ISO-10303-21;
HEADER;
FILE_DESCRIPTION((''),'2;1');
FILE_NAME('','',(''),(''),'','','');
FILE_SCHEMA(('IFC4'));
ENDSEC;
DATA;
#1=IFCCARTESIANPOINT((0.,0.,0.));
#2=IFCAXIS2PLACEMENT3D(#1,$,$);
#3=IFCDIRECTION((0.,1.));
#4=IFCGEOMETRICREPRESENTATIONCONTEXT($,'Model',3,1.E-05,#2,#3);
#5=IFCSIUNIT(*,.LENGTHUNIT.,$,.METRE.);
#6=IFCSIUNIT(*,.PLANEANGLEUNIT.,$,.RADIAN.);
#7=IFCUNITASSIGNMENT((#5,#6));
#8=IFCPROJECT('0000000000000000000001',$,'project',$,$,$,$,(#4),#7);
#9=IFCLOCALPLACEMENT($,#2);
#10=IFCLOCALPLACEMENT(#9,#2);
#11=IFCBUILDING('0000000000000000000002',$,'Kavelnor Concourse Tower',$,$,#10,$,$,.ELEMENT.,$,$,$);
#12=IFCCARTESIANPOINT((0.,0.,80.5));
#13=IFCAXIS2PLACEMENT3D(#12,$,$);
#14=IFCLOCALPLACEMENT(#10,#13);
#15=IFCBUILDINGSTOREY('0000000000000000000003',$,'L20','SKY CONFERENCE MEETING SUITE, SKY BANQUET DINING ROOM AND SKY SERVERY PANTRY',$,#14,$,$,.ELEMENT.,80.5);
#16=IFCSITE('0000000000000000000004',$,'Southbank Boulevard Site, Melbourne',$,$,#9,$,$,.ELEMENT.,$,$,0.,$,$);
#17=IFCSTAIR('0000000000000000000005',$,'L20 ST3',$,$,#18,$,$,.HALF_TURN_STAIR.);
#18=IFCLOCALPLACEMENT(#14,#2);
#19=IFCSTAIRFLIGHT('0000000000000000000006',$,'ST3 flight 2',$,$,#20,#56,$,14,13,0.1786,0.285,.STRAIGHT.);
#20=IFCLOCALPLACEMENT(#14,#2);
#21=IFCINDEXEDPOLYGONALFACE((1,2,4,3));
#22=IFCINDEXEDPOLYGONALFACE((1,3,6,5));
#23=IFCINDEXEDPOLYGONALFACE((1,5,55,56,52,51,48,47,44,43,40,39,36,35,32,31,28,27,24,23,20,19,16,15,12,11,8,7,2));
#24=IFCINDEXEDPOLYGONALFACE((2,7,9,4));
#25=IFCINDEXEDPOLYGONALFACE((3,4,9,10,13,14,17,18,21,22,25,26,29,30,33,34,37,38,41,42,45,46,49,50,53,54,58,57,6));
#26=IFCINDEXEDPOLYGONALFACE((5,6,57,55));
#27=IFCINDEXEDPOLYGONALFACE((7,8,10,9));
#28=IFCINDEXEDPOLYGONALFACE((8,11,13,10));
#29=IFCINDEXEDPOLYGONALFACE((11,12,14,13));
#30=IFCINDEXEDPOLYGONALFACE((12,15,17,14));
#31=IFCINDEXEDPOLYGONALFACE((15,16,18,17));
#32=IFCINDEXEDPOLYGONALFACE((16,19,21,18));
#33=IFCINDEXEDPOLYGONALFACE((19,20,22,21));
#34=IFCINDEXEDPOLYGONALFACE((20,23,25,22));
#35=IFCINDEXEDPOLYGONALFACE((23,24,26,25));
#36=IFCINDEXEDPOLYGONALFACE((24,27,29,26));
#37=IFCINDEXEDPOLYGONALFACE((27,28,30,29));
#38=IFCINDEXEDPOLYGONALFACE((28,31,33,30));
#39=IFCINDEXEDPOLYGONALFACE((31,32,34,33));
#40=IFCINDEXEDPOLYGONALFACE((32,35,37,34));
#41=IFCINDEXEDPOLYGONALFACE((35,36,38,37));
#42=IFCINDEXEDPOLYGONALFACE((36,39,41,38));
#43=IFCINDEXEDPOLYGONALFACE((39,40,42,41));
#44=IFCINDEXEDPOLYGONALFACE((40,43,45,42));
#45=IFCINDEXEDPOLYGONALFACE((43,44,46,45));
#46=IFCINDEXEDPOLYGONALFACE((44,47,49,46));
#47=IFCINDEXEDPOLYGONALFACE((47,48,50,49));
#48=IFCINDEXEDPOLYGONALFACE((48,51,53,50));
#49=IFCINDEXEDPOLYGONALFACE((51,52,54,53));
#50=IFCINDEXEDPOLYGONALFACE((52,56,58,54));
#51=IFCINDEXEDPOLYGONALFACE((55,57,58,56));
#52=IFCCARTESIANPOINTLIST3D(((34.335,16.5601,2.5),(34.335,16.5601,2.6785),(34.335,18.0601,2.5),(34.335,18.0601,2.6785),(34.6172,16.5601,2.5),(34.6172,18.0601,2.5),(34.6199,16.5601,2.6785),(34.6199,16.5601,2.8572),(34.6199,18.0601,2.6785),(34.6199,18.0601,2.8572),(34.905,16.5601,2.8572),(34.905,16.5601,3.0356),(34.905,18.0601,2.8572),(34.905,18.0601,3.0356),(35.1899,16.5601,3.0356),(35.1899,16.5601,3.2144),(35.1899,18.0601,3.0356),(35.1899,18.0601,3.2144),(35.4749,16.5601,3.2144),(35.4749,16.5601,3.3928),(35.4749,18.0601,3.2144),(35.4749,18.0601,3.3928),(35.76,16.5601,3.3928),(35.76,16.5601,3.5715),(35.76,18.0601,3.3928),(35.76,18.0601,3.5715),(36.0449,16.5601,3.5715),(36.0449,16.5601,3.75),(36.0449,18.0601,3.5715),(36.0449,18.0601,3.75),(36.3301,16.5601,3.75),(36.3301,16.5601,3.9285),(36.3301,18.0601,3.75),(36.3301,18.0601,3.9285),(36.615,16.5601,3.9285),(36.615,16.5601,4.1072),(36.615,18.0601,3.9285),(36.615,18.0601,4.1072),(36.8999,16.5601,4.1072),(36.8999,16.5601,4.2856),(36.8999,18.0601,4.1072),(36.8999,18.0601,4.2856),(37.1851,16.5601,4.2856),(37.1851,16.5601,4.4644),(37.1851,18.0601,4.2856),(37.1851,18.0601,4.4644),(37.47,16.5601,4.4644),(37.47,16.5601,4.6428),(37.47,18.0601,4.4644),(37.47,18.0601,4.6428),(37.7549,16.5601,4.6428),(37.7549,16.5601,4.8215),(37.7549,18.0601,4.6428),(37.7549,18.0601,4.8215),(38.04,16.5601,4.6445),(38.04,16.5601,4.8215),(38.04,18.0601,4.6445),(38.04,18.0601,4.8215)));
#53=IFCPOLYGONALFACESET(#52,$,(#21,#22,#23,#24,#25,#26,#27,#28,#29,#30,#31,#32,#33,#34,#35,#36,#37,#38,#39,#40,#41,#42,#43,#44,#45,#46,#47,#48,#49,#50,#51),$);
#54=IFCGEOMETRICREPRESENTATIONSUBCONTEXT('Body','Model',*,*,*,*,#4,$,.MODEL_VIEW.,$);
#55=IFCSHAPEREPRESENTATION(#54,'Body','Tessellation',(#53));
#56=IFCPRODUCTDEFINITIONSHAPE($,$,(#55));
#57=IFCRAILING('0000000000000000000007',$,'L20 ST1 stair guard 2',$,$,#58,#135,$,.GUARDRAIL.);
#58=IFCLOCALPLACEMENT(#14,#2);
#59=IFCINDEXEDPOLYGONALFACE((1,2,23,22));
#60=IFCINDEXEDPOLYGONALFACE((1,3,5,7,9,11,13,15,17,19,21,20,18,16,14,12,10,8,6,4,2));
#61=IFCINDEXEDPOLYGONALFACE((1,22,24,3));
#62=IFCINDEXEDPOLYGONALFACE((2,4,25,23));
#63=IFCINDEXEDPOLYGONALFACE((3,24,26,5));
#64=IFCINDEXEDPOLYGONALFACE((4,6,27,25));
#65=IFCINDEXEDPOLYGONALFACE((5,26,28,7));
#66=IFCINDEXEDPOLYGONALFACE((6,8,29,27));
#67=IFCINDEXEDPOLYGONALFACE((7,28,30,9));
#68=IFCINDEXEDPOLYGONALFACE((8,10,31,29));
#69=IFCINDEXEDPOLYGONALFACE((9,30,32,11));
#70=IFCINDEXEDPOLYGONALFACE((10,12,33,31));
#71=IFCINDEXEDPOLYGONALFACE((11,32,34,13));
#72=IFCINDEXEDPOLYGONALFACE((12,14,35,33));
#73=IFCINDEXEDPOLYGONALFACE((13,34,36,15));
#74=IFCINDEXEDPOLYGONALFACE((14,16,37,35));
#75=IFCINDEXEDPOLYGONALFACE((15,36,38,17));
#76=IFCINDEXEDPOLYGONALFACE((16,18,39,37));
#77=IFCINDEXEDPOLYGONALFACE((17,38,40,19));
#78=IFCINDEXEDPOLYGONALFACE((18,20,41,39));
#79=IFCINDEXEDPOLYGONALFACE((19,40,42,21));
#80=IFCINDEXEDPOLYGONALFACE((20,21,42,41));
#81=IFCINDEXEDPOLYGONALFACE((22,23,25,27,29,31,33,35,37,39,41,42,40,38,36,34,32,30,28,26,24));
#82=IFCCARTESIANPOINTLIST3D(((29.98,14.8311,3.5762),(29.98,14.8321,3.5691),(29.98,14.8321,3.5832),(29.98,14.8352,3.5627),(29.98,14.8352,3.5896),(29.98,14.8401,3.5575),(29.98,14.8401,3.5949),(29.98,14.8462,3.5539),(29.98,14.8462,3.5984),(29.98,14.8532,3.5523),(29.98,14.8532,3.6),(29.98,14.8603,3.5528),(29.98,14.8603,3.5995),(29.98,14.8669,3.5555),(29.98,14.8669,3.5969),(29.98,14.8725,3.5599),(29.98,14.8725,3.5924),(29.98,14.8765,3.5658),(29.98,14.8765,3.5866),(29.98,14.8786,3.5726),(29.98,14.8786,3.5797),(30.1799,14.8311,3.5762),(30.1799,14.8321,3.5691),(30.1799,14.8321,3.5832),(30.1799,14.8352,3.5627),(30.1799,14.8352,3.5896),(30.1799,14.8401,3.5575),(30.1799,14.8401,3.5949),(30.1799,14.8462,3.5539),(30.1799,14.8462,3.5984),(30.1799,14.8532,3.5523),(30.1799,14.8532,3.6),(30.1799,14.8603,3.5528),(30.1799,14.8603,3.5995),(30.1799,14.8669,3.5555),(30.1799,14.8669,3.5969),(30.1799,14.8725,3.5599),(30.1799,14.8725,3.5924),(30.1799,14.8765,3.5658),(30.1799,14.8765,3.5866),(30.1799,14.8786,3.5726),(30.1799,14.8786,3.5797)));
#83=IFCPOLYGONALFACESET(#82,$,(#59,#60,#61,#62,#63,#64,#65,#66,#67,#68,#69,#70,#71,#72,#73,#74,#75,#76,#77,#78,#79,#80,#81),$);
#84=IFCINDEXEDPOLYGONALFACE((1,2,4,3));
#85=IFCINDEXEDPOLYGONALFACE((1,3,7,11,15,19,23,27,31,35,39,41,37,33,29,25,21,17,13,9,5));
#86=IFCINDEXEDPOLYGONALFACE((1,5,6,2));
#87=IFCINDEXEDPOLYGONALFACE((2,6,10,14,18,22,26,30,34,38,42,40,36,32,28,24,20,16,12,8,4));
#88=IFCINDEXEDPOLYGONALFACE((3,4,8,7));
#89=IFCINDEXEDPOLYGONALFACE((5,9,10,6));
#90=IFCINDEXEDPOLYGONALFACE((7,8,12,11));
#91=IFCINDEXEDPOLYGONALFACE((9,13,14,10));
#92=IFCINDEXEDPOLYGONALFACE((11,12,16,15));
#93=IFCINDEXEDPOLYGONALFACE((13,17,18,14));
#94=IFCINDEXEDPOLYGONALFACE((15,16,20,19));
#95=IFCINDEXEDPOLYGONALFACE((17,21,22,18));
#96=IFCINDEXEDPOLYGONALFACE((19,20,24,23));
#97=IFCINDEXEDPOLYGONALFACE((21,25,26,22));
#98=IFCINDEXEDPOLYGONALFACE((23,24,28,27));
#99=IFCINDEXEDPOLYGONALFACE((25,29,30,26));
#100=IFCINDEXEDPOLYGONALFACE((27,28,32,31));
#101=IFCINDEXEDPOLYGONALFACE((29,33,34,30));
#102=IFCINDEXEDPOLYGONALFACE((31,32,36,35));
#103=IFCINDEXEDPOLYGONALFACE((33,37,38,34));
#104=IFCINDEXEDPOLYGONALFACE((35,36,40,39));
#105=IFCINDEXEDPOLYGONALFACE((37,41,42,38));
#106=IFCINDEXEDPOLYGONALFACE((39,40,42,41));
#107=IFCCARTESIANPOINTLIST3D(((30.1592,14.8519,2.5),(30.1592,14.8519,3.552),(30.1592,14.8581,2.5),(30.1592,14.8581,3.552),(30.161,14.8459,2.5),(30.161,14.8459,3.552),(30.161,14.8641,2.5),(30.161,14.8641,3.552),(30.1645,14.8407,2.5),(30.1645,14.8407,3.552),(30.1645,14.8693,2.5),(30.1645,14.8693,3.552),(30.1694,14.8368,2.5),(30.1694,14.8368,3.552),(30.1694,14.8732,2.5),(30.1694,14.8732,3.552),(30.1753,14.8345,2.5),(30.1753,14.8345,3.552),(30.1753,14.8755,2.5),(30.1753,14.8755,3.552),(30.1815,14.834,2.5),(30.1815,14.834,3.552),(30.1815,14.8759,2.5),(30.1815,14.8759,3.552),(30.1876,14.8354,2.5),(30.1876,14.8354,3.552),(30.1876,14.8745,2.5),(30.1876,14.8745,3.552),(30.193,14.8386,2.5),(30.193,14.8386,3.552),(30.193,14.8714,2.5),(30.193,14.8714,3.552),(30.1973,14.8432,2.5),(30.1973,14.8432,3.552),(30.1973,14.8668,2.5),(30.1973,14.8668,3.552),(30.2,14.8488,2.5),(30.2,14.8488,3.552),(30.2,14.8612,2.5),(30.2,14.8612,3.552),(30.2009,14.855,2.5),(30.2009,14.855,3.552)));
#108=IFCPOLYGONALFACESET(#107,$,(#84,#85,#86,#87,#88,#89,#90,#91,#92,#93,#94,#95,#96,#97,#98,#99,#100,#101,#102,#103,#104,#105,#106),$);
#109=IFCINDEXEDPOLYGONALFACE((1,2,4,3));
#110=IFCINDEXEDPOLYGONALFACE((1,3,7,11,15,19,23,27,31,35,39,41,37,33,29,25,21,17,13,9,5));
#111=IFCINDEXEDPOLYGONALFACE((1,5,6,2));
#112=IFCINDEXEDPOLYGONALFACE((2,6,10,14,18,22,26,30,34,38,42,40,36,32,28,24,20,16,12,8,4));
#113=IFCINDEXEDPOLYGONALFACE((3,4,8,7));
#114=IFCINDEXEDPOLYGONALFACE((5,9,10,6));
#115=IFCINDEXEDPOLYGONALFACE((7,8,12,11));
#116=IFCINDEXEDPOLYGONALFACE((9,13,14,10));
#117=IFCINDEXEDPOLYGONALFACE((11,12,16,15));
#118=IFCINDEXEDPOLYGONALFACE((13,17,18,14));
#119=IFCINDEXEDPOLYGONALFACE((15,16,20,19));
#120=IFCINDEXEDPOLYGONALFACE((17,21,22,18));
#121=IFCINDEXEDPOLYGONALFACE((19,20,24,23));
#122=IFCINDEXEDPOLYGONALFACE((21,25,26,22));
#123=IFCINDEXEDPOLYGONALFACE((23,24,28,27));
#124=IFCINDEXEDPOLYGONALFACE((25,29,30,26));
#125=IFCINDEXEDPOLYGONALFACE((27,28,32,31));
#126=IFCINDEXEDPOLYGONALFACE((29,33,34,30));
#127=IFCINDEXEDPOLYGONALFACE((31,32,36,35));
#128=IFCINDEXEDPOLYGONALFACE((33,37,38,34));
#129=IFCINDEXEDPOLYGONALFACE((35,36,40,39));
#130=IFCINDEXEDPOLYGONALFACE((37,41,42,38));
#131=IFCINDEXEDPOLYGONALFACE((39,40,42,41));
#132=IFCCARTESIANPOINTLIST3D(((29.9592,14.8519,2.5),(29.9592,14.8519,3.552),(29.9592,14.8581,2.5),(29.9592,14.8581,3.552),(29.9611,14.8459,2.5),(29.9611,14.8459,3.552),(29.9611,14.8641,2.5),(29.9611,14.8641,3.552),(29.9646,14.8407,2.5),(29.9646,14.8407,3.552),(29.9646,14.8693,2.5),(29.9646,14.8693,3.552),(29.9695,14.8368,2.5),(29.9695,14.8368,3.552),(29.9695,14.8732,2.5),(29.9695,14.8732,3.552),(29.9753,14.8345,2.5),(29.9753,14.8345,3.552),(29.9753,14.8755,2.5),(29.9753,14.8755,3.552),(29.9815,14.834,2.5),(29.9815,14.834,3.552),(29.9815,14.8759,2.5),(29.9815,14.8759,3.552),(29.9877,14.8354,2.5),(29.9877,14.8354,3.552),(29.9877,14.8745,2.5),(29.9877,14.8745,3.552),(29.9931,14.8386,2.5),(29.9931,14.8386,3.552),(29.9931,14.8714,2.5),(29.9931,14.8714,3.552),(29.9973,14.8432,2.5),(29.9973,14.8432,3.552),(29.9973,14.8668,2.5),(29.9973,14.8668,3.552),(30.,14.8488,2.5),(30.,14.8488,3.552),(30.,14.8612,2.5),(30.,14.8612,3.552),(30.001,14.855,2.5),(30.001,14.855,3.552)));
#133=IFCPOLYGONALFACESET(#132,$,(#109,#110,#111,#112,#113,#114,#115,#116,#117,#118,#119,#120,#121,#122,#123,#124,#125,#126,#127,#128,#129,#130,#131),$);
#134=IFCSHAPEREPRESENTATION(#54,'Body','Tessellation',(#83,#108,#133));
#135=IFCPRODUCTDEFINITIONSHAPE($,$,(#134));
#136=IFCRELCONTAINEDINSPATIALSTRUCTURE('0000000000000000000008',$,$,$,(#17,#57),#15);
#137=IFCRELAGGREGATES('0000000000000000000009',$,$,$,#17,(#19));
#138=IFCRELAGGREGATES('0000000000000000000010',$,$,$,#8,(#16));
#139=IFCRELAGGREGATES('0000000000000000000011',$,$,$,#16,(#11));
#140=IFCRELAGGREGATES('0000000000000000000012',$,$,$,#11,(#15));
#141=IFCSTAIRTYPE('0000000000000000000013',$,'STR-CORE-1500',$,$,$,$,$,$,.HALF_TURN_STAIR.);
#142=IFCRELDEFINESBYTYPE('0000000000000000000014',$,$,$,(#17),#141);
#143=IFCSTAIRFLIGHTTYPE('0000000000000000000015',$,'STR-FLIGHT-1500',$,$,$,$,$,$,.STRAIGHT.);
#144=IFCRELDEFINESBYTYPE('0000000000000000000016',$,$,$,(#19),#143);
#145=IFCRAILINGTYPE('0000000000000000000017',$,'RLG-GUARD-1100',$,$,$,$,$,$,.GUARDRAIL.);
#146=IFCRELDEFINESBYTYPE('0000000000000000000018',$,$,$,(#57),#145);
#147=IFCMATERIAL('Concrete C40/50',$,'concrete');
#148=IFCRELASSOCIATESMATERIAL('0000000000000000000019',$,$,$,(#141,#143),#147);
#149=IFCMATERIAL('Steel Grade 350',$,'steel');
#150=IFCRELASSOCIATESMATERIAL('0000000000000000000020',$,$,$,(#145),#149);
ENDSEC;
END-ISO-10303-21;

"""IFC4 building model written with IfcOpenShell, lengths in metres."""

from ifc_helpers import new_model, si_unit, direction, frame, origin, origin_2d, place, context, subcontext, project, spatial, polyline, circle, outline, extrude, material, type_object, element, aggregate, save


model = new_model("IFC4")

# Units and contexts
model_context = context("Model", 3, precision=1e-05, world=origin(), true_north=direction((0.0, 1.0)))
body_context = subcontext(model_context, "Body", "Model", "MODEL_VIEW")
ifc_project = project(units=[si_unit("LENGTHUNIT", "METRE"), si_unit("PLANEANGLEUNIT", "RADIAN")], contexts=[model_context])

# Site, building, storey
site_placement = place(None, origin())
site = spatial("IfcSite", under=ifc_project, at=site_placement, Name="Southbank Boulevard Site, Melbourne", CompositionType="ELEMENT", RefElevation=0.0)
building_placement = place(site_placement, origin())
building = spatial("IfcBuilding", under=site, at=building_placement, Name="Kavelnor Concourse Tower", CompositionType="ELEMENT")
storey_placement = place(building_placement, frame((0.0, 0.0, 80.5)))
storey = spatial("IfcBuildingStorey", under=building, at=storey_placement, Name="L20", Description="SKY CONFERENCE MEETING SUITE, SKY BANQUET DINING ROOM AND SKY SERVERY PANTRY", CompositionType="ELEMENT", Elevation=80.5)

# Shared definitions
ifc_material_1 = material(Name="Steel Grade 350", Category="steel")

# Stair, stair flight
ifc_material_2 = material(Name="Concrete C40/50", Category="concrete")
stair_type = type_object("IfcStairType", Name="STR-CORE-1500", PredefinedType="HALF_TURN_STAIR", material=ifc_material_2)
stair_placement = place(storey_placement, origin())
stair = element("IfcStair", 1, at=stair_placement, inside=storey, type_object=stair_type, Name="L20 ST3", PredefinedType="HALF_TURN_STAIR")
stair_flight_type = type_object("IfcStairFlightType", Name="STR-FLIGHT-1500", PredefinedType="STRAIGHT", material=ifc_material_2)
stair_flight_placement = place(storey_placement, frame((34.335, 17.3101, 2.5), z_axis=(0.0, 0.0, 1.0), x_axis=(1.0, 0.0, 0.0)))
stair_flight = element("IfcStairFlight", 2, at=stair_flight_placement, type_object=stair_flight_type, Name="ST3 flight 2", NumberOfRisers=14, NumberOfTreads=13, PredefinedType="STRAIGHT", RiserHeight=0.1786, TreadLength=0.285, context=body_context, shape_type="SweptSolid", body=[
    extrude(outline(polyline([(0.0, 0.0), (0.0, 0.1785), (0.2849, 0.1785), (0.2849, 0.3572), (0.5701, 0.3572), (0.5701, 0.5356), (0.855, 0.5356), (0.855, 0.7144), (1.1399, 0.7144), (1.1399, 0.8928), (1.425, 0.8928), (1.425, 1.0715), (1.71, 1.0715), (1.71, 1.25), (1.9951, 1.25), (1.9951, 1.4285), (2.28, 1.4285), (2.28, 1.6072), (2.5649, 1.6072), (2.5649, 1.7856), (2.8501, 1.7856), (2.8501, 1.9644), (3.135, 1.9644), (3.135, 2.1428), (3.4199, 2.1428), (3.4199, 2.3215), (3.7051, 2.3215), (3.7051, 2.5), (3.7051, 2.1445), (0.2822, 0.0), (0.0, 0.0)])), frame((0.0, 0.75, 0.0), z_axis=(0.0, -1.0, 0.0), x_axis=(1.0, 0.0, 0.0)), (0.0, 0.0, 1.0), 1.5),
])
aggregate(stair, [stair_flight])

# Railing
railing_type_1 = type_object("IfcRailingType", Name="RLG-GUARD-1100", PredefinedType="GUARDRAIL", material=ifc_material_1)
railing_1_placement = place(storey_placement, frame((30.1799, 14.855, 2.5)))
element("IfcRailing", 3, at=railing_1_placement, inside=storey, type_object=railing_type_1, Name="L20 ST1 stair guard 2", PredefinedType="GUARDRAIL", context=body_context, shape_type="SweptSolid", body=[
    extrude(circle(Radius=0.0239, at=origin_2d()), frame((0.0, 0.0, 1.0762), z_axis=(-1.0, 0.0, 0.0), x_axis=(0.0, -1.0, 0.0)), (0.0, 0.0, 1.0), 0.2),
    extrude(circle(Radius=0.021, at=origin_2d()), origin(), (0.0, 0.0, 1.0), 1.052),
    extrude(circle(Radius=0.021, at=origin_2d()), frame((-0.2, 0.0, 0.0)), (0.0, 0.0, 1.0), 1.052),
])

save(model, "model.ifc")
